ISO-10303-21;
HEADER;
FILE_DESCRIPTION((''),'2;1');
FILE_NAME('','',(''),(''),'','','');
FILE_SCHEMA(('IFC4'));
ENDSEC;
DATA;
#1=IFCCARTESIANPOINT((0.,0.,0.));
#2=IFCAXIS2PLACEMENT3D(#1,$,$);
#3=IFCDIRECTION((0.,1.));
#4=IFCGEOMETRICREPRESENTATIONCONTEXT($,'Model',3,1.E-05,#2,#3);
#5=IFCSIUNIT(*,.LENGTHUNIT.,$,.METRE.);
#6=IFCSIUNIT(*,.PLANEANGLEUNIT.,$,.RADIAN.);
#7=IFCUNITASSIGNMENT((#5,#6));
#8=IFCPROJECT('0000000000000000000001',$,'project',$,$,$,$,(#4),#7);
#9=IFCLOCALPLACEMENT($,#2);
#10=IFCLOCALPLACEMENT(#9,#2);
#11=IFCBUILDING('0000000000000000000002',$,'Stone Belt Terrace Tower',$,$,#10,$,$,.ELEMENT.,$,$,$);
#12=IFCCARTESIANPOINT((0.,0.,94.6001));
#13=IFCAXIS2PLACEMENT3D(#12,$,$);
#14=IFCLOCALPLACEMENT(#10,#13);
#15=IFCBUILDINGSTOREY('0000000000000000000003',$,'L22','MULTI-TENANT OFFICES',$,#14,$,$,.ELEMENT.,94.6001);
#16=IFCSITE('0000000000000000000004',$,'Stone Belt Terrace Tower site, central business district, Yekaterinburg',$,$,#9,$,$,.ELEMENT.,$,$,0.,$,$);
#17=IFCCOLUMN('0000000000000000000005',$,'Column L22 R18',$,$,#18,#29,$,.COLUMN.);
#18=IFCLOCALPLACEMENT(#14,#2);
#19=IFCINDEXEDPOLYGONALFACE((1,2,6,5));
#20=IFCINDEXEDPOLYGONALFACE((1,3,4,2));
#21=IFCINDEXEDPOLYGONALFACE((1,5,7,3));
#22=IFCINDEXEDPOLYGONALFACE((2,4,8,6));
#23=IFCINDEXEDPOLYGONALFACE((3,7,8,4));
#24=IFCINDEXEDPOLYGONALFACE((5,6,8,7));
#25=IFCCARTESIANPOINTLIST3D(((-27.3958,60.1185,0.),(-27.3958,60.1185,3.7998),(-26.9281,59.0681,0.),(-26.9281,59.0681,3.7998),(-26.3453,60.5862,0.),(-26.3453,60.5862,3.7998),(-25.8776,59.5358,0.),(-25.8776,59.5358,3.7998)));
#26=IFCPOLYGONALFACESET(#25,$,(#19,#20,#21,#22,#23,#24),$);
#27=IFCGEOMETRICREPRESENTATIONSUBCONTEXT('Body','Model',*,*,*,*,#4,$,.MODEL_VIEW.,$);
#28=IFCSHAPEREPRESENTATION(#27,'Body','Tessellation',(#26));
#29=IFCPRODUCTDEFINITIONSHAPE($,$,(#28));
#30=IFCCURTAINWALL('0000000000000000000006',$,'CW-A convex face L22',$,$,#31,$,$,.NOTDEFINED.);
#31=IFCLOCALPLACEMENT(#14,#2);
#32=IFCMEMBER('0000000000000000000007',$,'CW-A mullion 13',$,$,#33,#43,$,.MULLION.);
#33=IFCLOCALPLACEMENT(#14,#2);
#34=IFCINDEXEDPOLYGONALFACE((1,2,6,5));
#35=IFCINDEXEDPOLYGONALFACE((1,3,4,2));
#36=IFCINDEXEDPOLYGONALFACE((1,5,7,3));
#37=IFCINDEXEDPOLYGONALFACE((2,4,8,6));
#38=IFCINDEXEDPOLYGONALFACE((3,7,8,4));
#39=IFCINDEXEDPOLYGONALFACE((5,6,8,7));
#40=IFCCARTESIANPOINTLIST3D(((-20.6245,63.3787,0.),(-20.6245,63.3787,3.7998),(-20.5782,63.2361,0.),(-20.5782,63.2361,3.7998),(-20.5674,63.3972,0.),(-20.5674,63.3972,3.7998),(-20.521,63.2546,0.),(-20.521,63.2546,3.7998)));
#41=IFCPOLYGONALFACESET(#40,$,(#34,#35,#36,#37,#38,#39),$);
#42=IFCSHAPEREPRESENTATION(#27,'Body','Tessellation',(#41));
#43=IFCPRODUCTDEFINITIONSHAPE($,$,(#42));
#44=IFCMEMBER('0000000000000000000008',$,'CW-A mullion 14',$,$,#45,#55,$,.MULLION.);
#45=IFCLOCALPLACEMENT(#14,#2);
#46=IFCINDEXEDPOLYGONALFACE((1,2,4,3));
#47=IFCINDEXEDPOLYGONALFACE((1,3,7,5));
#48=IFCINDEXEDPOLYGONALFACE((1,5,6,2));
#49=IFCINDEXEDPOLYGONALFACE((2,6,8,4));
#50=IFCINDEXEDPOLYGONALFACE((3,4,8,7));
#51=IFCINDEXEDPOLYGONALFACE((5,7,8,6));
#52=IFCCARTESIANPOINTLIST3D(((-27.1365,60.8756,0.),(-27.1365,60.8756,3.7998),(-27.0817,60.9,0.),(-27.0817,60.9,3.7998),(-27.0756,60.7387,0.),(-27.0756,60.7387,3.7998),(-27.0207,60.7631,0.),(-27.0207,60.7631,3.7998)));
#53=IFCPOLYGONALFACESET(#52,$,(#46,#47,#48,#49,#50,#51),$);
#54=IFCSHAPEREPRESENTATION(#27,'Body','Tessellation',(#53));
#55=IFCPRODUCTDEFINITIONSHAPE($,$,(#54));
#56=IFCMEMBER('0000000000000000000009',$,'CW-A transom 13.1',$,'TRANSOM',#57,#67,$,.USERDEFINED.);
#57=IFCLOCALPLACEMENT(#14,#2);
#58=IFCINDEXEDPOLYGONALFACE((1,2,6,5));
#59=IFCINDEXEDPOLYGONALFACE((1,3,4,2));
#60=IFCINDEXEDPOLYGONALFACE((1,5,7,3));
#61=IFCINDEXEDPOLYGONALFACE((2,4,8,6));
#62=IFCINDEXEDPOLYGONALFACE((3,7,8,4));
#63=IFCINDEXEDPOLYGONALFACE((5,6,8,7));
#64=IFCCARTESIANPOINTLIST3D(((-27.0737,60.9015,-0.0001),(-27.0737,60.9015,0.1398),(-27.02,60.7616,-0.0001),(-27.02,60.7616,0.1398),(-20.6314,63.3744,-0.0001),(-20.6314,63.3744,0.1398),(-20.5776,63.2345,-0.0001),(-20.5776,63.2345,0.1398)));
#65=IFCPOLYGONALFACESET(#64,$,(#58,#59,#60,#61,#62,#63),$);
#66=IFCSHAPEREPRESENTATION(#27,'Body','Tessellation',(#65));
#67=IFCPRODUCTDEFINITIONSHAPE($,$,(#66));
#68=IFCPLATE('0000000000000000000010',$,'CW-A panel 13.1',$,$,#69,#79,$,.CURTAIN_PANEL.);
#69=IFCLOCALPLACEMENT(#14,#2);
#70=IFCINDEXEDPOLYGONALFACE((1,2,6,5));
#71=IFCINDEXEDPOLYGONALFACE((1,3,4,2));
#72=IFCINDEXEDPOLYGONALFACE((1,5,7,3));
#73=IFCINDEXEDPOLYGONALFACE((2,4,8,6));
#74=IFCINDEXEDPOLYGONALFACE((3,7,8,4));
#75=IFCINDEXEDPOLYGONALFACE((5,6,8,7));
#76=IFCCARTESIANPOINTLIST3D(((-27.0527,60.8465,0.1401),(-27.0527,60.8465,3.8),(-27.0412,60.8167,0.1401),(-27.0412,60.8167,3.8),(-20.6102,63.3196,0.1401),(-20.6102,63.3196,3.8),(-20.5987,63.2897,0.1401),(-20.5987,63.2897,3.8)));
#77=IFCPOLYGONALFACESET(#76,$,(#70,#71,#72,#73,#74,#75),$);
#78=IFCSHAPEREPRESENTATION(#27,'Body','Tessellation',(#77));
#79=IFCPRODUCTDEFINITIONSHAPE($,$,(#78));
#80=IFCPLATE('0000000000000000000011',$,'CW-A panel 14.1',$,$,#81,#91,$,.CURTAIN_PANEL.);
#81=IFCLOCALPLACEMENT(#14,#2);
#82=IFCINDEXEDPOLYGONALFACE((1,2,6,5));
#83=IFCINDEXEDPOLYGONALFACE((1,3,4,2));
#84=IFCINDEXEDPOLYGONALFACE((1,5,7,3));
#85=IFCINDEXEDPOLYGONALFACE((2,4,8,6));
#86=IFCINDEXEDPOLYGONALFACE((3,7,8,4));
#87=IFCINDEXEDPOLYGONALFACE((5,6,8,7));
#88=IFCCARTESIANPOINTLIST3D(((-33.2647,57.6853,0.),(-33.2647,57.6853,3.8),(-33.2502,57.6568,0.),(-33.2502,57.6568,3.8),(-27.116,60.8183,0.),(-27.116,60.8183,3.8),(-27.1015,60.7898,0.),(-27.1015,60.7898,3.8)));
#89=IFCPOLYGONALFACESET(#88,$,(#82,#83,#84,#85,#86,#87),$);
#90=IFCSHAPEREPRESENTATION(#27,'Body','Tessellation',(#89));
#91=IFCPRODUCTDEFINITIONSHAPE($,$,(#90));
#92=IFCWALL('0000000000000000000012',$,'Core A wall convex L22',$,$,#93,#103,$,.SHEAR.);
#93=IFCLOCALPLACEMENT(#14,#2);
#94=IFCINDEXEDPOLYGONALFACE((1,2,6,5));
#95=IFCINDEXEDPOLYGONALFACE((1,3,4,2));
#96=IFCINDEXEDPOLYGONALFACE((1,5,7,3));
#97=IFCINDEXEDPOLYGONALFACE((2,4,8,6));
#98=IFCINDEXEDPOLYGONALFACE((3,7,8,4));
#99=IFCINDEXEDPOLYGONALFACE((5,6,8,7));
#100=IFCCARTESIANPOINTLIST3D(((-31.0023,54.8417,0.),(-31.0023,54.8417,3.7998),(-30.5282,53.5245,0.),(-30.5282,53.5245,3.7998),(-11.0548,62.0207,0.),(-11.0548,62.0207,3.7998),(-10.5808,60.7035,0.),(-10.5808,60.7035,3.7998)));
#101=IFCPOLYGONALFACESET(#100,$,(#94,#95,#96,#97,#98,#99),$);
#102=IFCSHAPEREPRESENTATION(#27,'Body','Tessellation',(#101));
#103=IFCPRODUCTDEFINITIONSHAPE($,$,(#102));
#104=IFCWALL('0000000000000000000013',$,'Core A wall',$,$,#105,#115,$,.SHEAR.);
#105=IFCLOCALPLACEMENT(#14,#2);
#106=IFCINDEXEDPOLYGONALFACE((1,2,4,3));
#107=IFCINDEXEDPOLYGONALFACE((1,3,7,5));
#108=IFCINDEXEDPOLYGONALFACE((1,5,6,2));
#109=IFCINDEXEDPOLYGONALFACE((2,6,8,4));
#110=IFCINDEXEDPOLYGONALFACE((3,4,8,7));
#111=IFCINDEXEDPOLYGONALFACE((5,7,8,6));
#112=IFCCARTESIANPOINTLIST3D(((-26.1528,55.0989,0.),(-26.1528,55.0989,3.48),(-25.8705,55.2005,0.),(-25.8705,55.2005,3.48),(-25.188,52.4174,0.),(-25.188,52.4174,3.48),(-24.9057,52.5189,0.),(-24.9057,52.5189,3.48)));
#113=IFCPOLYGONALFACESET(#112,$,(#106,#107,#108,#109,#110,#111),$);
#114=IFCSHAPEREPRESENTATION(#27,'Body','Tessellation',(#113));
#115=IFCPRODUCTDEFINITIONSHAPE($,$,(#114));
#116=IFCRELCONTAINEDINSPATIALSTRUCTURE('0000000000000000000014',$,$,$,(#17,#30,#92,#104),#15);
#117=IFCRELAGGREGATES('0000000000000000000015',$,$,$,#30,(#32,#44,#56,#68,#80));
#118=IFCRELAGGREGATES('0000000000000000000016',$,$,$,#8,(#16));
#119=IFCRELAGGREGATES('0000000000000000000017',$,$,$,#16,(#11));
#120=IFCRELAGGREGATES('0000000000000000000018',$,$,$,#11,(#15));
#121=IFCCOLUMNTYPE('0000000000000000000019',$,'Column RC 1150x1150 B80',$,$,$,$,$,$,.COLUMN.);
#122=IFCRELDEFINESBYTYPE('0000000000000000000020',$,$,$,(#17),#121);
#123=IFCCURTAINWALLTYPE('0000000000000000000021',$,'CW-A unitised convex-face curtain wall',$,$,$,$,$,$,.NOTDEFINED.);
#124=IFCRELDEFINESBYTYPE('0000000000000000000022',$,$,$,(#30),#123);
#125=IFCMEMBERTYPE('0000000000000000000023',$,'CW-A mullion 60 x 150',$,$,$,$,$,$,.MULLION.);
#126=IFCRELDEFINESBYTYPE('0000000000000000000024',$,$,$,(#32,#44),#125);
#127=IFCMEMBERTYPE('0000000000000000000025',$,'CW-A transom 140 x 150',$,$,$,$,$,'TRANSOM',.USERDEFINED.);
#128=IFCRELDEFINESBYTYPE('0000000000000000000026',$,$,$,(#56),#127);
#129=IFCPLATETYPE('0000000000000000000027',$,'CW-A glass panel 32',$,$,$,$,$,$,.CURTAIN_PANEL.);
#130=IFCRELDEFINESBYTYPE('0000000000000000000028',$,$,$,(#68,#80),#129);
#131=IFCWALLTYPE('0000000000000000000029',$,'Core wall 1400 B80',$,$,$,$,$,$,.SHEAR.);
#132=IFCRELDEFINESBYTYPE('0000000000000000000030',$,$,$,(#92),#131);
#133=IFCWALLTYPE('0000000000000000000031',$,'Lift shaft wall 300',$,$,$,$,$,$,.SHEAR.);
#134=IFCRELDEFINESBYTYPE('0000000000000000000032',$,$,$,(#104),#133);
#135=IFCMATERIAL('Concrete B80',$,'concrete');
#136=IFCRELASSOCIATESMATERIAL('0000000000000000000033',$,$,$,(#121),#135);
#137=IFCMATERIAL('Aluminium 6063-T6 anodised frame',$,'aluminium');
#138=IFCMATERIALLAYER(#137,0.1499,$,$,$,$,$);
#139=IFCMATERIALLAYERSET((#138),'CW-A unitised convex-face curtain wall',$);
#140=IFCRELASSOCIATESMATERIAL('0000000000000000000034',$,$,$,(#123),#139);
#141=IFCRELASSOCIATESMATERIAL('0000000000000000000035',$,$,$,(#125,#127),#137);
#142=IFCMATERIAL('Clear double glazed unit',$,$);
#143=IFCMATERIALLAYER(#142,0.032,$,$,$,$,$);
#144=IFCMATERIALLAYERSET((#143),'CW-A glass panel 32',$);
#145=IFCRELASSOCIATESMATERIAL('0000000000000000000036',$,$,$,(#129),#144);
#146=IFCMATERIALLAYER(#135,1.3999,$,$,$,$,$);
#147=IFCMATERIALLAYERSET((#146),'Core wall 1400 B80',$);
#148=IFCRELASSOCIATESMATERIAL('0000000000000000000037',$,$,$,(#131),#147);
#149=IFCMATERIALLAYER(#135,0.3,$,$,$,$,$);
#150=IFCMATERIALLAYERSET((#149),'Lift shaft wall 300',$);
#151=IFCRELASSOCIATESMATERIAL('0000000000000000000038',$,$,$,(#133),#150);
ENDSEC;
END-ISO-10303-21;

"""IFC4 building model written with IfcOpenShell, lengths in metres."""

from ifc_helpers import new_model, si_unit, direction, frame, frame_2d, origin, origin_2d, place, context, subcontext, project, spatial, rectangle, extrude, material, layer, layer_set, material_profile, profile_set, type_object, element, aggregate, save


model = new_model("IFC4")

# Units and contexts
model_context = context("Model", 3, precision=1e-05, world=origin(), true_north=direction((0.0, 1.0)))
body_context = subcontext(model_context, "Body", "Model", "MODEL_VIEW")
ifc_project = project(units=[si_unit("LENGTHUNIT", "METRE"), si_unit("PLANEANGLEUNIT", "RADIAN")], contexts=[model_context])

# Site, building, storey
site_placement = place(None, origin())
site = spatial("IfcSite", under=ifc_project, at=site_placement, Name="Stone Belt Terrace Tower site, central business district, Yekaterinburg", CompositionType="ELEMENT", RefElevation=0.0)
building_placement = place(site_placement, origin())
building = spatial("IfcBuilding", under=site, at=building_placement, Name="Stone Belt Terrace Tower", CompositionType="ELEMENT")
storey_placement = place(building_placement, frame((0.0, 0.0, 94.6001)))
storey = spatial("IfcBuildingStorey", under=building, at=storey_placement, Name="L22", Description="MULTI-TENANT OFFICES", CompositionType="ELEMENT", Elevation=94.6001)

# Column
ifc_material_1 = material(Name="Concrete B80", Category="concrete")
ifc_material_profile_1 = material_profile(ifc_material_1, rectangle(XDim=1.1499, YDim=1.1499, at=origin_2d()), Name="RC 1150x1150")
ifc_profile_set_1 = profile_set([ifc_material_profile_1], Name="Concrete B80")
column_type = type_object("IfcColumnType", Name="Column RC 1150x1150 B80", PredefinedType="COLUMN", material=ifc_profile_set_1)
column_placement = place(storey_placement, frame((-26.6367, 59.8271, 0.0), z_axis=(0.0, 0.0, 1.0), x_axis=(0.913545, 0.406737, 0.0)))
element("IfcColumn", 1, at=column_placement, inside=storey, type_object=column_type, Name="Column L22 R18", PredefinedType="COLUMN", context=body_context, shape_type="SweptSolid", body=[
    extrude(rectangle(XDim=1.1499, YDim=1.1499, at=origin_2d()), origin(), (0.0, 0.0, 1.0), 3.7998),
])

# Curtain wall, members, plates
ifc_material_2 = material(Name="Aluminium 6063-T6 anodised frame", Category="aluminium")
ifc_layer_1 = layer(ifc_material_2, 0.1499)
ifc_layer_set_1 = layer_set([ifc_layer_1], Name="CW-A unitised convex-face curtain wall")
curtain_wall_type = type_object("IfcCurtainWallType", Name="CW-A unitised convex-face curtain wall", PredefinedType="NOTDEFINED", material=ifc_layer_set_1)
curtain_wall_placement = place(storey_placement, origin())
curtain_wall = element("IfcCurtainWall", 2, at=curtain_wall_placement, inside=storey, type_object=curtain_wall_type, Name="CW-A convex face L22", PredefinedType="NOTDEFINED")
ifc_material_profile_2 = material_profile(ifc_material_2, rectangle(XDim=0.1499, YDim=0.0601, at=origin_2d()), Name="Aluminium 6063-T6 60x150")
ifc_profile_set_2 = profile_set([ifc_material_profile_2], Name="Aluminium 6063-T6 anodised frame")
member_type_1 = type_object("IfcMemberType", Name="CW-A mullion 60 x 150", PredefinedType="MULLION", material=ifc_profile_set_2)
member_1_placement = place(storey_placement, frame((-20.5728, 63.3167, 0.0), z_axis=(0.0, 0.0, 1.0), x_axis=(0.309017, -0.951057, 0.0)))
member_1 = element("IfcMember", 3, at=member_1_placement, type_object=member_type_1, Name="CW-A mullion 13", PredefinedType="MULLION", context=body_context, shape_type="SweptSolid", body=[
    extrude(rectangle(XDim=0.1499, YDim=0.0601, at=origin_2d()), origin(), (0.0, 0.0, 1.0), 3.7998),
])
member_2_placement = place(storey_placement, frame((-27.0786, 60.8193, 0.0), z_axis=(0.0, 0.0, 1.0), x_axis=(0.406737, -0.913545, 0.0)))
member_2 = element("IfcMember", 4, at=member_2_placement, type_object=member_type_1, Name="CW-A mullion 14", PredefinedType="MULLION", context=body_context, shape_type="SweptSolid", body=[
    extrude(rectangle(XDim=0.1499, YDim=0.0601, at=origin_2d()), origin(), (0.0, 0.0, 1.0), 3.7998),
])
ifc_material_profile_3 = material_profile(ifc_material_2, rectangle(XDim=0.1499, YDim=0.1399, at=origin_2d()), Name="Aluminium 6063-T6 150x140")
ifc_profile_set_3 = profile_set([ifc_material_profile_3], Name="Aluminium 6063-T6 anodised frame")
member_type_2 = type_object("IfcMemberType", Name="CW-A transom 140 x 150", ElementType="TRANSOM", PredefinedType="USERDEFINED", material=ifc_profile_set_3)
member_3_placement = place(storey_placement, frame((-20.6045, 63.3044, 0.0698), z_axis=(-0.933585, -0.358355, 0.0), x_axis=(0.358355, -0.933585, 0.0)))
member_3 = element("IfcMember", 5, at=member_3_placement, type_object=member_type_2, Name="CW-A transom 13.1", ObjectType="TRANSOM", PredefinedType="USERDEFINED", context=body_context, shape_type="SweptSolid", body=[
    extrude(rectangle(XDim=0.1499, YDim=0.1399, at=origin_2d()), origin(), (0.0, 0.0, 1.0), 6.9006),
])
ifc_material_3 = material(Name="Clear double glazed unit")
ifc_layer_2 = layer(ifc_material_3, 0.032)
ifc_layer_set_2 = layer_set([ifc_layer_2], Name="CW-A glass panel 32")
plate_type = type_object("IfcPlateType", Name="CW-A glass panel 32", PredefinedType="CURTAIN_PANEL", material=ifc_layer_set_2)
plate_1_placement = place(storey_placement, frame((-23.8257, 62.0681, 0.1401), z_axis=(0.0, 0.0, 1.0), x_axis=(-0.93358, -0.358368, 0.0)))
plate_1 = element("IfcPlate", 6, at=plate_1_placement, type_object=plate_type, Name="CW-A panel 13.1", PredefinedType="CURTAIN_PANEL", context=body_context, shape_type="SweptSolid", body=[
    extrude(rectangle(XDim=6.9009, YDim=0.032, at=origin_2d()), origin(), (0.0, 0.0, 1.0), 3.6599),
])
plate_2_placement = place(storey_placement, frame((-30.1831, 59.2375, 0.0), z_axis=(0.0, 0.0, 1.0), x_axis=(-0.891007, -0.45399, 0.0)))
plate_2 = element("IfcPlate", 7, at=plate_2_placement, type_object=plate_type, Name="CW-A panel 14.1", PredefinedType="CURTAIN_PANEL", context=body_context, shape_type="SweptSolid", body=[
    extrude(rectangle(XDim=6.9009, YDim=0.032, at=origin_2d()), origin(), (0.0, 0.0, 1.0), 3.8),
])
aggregate(curtain_wall, [member_1, member_2, member_3, plate_1, plate_2])

# Walls
ifc_layer_3 = layer(ifc_material_1, 1.3999)
ifc_layer_set_3 = layer_set([ifc_layer_3], Name="Core wall 1400 B80")
wall_type_1 = type_object("IfcWallType", Name="Core wall 1400 B80", PredefinedType="SHEAR", material=ifc_layer_set_3)
wall_1_placement = place(storey_placement, frame((-30.7654, 54.1831, 0.0), z_axis=(0.0, 0.0, 1.0), x_axis=(0.94092, 0.33863, 0.0)))
element("IfcWall", 8, at=wall_1_placement, inside=storey, type_object=wall_type_1, Name="Core A wall convex L22", PredefinedType="SHEAR", context=body_context, shape_type="SweptSolid", body=[
    extrude(rectangle(XDim=21.2, YDim=1.3999, at=frame_2d((10.6001, 0.0))), origin(), (0.0, 0.0, 1.0), 3.7998),
])
ifc_layer_4 = layer(ifc_material_1, 0.3)
ifc_layer_set_4 = layer_set([ifc_layer_4], Name="Lift shaft wall 300")
wall_type_2 = type_object("IfcWallType", Name="Lift shaft wall 300", PredefinedType="SHEAR", material=ifc_layer_set_4)
wall_2_placement = place(storey_placement, frame((-25.0469, 52.4683, 0.0), z_axis=(0.0, 0.0, 1.0), x_axis=(-0.33855, 0.940949, 0.0)))
element("IfcWall", 9, at=wall_2_placement, inside=storey, type_object=wall_type_2, Name="Core A wall", PredefinedType="SHEAR", context=body_context, shape_type="SweptSolid", body=[
    extrude(rectangle(XDim=2.8499, YDim=0.3, at=frame_2d((1.4248, 0.0))), origin(), (0.0, 0.0, 1.0), 3.48),
])

save(model, "model.ifc")
